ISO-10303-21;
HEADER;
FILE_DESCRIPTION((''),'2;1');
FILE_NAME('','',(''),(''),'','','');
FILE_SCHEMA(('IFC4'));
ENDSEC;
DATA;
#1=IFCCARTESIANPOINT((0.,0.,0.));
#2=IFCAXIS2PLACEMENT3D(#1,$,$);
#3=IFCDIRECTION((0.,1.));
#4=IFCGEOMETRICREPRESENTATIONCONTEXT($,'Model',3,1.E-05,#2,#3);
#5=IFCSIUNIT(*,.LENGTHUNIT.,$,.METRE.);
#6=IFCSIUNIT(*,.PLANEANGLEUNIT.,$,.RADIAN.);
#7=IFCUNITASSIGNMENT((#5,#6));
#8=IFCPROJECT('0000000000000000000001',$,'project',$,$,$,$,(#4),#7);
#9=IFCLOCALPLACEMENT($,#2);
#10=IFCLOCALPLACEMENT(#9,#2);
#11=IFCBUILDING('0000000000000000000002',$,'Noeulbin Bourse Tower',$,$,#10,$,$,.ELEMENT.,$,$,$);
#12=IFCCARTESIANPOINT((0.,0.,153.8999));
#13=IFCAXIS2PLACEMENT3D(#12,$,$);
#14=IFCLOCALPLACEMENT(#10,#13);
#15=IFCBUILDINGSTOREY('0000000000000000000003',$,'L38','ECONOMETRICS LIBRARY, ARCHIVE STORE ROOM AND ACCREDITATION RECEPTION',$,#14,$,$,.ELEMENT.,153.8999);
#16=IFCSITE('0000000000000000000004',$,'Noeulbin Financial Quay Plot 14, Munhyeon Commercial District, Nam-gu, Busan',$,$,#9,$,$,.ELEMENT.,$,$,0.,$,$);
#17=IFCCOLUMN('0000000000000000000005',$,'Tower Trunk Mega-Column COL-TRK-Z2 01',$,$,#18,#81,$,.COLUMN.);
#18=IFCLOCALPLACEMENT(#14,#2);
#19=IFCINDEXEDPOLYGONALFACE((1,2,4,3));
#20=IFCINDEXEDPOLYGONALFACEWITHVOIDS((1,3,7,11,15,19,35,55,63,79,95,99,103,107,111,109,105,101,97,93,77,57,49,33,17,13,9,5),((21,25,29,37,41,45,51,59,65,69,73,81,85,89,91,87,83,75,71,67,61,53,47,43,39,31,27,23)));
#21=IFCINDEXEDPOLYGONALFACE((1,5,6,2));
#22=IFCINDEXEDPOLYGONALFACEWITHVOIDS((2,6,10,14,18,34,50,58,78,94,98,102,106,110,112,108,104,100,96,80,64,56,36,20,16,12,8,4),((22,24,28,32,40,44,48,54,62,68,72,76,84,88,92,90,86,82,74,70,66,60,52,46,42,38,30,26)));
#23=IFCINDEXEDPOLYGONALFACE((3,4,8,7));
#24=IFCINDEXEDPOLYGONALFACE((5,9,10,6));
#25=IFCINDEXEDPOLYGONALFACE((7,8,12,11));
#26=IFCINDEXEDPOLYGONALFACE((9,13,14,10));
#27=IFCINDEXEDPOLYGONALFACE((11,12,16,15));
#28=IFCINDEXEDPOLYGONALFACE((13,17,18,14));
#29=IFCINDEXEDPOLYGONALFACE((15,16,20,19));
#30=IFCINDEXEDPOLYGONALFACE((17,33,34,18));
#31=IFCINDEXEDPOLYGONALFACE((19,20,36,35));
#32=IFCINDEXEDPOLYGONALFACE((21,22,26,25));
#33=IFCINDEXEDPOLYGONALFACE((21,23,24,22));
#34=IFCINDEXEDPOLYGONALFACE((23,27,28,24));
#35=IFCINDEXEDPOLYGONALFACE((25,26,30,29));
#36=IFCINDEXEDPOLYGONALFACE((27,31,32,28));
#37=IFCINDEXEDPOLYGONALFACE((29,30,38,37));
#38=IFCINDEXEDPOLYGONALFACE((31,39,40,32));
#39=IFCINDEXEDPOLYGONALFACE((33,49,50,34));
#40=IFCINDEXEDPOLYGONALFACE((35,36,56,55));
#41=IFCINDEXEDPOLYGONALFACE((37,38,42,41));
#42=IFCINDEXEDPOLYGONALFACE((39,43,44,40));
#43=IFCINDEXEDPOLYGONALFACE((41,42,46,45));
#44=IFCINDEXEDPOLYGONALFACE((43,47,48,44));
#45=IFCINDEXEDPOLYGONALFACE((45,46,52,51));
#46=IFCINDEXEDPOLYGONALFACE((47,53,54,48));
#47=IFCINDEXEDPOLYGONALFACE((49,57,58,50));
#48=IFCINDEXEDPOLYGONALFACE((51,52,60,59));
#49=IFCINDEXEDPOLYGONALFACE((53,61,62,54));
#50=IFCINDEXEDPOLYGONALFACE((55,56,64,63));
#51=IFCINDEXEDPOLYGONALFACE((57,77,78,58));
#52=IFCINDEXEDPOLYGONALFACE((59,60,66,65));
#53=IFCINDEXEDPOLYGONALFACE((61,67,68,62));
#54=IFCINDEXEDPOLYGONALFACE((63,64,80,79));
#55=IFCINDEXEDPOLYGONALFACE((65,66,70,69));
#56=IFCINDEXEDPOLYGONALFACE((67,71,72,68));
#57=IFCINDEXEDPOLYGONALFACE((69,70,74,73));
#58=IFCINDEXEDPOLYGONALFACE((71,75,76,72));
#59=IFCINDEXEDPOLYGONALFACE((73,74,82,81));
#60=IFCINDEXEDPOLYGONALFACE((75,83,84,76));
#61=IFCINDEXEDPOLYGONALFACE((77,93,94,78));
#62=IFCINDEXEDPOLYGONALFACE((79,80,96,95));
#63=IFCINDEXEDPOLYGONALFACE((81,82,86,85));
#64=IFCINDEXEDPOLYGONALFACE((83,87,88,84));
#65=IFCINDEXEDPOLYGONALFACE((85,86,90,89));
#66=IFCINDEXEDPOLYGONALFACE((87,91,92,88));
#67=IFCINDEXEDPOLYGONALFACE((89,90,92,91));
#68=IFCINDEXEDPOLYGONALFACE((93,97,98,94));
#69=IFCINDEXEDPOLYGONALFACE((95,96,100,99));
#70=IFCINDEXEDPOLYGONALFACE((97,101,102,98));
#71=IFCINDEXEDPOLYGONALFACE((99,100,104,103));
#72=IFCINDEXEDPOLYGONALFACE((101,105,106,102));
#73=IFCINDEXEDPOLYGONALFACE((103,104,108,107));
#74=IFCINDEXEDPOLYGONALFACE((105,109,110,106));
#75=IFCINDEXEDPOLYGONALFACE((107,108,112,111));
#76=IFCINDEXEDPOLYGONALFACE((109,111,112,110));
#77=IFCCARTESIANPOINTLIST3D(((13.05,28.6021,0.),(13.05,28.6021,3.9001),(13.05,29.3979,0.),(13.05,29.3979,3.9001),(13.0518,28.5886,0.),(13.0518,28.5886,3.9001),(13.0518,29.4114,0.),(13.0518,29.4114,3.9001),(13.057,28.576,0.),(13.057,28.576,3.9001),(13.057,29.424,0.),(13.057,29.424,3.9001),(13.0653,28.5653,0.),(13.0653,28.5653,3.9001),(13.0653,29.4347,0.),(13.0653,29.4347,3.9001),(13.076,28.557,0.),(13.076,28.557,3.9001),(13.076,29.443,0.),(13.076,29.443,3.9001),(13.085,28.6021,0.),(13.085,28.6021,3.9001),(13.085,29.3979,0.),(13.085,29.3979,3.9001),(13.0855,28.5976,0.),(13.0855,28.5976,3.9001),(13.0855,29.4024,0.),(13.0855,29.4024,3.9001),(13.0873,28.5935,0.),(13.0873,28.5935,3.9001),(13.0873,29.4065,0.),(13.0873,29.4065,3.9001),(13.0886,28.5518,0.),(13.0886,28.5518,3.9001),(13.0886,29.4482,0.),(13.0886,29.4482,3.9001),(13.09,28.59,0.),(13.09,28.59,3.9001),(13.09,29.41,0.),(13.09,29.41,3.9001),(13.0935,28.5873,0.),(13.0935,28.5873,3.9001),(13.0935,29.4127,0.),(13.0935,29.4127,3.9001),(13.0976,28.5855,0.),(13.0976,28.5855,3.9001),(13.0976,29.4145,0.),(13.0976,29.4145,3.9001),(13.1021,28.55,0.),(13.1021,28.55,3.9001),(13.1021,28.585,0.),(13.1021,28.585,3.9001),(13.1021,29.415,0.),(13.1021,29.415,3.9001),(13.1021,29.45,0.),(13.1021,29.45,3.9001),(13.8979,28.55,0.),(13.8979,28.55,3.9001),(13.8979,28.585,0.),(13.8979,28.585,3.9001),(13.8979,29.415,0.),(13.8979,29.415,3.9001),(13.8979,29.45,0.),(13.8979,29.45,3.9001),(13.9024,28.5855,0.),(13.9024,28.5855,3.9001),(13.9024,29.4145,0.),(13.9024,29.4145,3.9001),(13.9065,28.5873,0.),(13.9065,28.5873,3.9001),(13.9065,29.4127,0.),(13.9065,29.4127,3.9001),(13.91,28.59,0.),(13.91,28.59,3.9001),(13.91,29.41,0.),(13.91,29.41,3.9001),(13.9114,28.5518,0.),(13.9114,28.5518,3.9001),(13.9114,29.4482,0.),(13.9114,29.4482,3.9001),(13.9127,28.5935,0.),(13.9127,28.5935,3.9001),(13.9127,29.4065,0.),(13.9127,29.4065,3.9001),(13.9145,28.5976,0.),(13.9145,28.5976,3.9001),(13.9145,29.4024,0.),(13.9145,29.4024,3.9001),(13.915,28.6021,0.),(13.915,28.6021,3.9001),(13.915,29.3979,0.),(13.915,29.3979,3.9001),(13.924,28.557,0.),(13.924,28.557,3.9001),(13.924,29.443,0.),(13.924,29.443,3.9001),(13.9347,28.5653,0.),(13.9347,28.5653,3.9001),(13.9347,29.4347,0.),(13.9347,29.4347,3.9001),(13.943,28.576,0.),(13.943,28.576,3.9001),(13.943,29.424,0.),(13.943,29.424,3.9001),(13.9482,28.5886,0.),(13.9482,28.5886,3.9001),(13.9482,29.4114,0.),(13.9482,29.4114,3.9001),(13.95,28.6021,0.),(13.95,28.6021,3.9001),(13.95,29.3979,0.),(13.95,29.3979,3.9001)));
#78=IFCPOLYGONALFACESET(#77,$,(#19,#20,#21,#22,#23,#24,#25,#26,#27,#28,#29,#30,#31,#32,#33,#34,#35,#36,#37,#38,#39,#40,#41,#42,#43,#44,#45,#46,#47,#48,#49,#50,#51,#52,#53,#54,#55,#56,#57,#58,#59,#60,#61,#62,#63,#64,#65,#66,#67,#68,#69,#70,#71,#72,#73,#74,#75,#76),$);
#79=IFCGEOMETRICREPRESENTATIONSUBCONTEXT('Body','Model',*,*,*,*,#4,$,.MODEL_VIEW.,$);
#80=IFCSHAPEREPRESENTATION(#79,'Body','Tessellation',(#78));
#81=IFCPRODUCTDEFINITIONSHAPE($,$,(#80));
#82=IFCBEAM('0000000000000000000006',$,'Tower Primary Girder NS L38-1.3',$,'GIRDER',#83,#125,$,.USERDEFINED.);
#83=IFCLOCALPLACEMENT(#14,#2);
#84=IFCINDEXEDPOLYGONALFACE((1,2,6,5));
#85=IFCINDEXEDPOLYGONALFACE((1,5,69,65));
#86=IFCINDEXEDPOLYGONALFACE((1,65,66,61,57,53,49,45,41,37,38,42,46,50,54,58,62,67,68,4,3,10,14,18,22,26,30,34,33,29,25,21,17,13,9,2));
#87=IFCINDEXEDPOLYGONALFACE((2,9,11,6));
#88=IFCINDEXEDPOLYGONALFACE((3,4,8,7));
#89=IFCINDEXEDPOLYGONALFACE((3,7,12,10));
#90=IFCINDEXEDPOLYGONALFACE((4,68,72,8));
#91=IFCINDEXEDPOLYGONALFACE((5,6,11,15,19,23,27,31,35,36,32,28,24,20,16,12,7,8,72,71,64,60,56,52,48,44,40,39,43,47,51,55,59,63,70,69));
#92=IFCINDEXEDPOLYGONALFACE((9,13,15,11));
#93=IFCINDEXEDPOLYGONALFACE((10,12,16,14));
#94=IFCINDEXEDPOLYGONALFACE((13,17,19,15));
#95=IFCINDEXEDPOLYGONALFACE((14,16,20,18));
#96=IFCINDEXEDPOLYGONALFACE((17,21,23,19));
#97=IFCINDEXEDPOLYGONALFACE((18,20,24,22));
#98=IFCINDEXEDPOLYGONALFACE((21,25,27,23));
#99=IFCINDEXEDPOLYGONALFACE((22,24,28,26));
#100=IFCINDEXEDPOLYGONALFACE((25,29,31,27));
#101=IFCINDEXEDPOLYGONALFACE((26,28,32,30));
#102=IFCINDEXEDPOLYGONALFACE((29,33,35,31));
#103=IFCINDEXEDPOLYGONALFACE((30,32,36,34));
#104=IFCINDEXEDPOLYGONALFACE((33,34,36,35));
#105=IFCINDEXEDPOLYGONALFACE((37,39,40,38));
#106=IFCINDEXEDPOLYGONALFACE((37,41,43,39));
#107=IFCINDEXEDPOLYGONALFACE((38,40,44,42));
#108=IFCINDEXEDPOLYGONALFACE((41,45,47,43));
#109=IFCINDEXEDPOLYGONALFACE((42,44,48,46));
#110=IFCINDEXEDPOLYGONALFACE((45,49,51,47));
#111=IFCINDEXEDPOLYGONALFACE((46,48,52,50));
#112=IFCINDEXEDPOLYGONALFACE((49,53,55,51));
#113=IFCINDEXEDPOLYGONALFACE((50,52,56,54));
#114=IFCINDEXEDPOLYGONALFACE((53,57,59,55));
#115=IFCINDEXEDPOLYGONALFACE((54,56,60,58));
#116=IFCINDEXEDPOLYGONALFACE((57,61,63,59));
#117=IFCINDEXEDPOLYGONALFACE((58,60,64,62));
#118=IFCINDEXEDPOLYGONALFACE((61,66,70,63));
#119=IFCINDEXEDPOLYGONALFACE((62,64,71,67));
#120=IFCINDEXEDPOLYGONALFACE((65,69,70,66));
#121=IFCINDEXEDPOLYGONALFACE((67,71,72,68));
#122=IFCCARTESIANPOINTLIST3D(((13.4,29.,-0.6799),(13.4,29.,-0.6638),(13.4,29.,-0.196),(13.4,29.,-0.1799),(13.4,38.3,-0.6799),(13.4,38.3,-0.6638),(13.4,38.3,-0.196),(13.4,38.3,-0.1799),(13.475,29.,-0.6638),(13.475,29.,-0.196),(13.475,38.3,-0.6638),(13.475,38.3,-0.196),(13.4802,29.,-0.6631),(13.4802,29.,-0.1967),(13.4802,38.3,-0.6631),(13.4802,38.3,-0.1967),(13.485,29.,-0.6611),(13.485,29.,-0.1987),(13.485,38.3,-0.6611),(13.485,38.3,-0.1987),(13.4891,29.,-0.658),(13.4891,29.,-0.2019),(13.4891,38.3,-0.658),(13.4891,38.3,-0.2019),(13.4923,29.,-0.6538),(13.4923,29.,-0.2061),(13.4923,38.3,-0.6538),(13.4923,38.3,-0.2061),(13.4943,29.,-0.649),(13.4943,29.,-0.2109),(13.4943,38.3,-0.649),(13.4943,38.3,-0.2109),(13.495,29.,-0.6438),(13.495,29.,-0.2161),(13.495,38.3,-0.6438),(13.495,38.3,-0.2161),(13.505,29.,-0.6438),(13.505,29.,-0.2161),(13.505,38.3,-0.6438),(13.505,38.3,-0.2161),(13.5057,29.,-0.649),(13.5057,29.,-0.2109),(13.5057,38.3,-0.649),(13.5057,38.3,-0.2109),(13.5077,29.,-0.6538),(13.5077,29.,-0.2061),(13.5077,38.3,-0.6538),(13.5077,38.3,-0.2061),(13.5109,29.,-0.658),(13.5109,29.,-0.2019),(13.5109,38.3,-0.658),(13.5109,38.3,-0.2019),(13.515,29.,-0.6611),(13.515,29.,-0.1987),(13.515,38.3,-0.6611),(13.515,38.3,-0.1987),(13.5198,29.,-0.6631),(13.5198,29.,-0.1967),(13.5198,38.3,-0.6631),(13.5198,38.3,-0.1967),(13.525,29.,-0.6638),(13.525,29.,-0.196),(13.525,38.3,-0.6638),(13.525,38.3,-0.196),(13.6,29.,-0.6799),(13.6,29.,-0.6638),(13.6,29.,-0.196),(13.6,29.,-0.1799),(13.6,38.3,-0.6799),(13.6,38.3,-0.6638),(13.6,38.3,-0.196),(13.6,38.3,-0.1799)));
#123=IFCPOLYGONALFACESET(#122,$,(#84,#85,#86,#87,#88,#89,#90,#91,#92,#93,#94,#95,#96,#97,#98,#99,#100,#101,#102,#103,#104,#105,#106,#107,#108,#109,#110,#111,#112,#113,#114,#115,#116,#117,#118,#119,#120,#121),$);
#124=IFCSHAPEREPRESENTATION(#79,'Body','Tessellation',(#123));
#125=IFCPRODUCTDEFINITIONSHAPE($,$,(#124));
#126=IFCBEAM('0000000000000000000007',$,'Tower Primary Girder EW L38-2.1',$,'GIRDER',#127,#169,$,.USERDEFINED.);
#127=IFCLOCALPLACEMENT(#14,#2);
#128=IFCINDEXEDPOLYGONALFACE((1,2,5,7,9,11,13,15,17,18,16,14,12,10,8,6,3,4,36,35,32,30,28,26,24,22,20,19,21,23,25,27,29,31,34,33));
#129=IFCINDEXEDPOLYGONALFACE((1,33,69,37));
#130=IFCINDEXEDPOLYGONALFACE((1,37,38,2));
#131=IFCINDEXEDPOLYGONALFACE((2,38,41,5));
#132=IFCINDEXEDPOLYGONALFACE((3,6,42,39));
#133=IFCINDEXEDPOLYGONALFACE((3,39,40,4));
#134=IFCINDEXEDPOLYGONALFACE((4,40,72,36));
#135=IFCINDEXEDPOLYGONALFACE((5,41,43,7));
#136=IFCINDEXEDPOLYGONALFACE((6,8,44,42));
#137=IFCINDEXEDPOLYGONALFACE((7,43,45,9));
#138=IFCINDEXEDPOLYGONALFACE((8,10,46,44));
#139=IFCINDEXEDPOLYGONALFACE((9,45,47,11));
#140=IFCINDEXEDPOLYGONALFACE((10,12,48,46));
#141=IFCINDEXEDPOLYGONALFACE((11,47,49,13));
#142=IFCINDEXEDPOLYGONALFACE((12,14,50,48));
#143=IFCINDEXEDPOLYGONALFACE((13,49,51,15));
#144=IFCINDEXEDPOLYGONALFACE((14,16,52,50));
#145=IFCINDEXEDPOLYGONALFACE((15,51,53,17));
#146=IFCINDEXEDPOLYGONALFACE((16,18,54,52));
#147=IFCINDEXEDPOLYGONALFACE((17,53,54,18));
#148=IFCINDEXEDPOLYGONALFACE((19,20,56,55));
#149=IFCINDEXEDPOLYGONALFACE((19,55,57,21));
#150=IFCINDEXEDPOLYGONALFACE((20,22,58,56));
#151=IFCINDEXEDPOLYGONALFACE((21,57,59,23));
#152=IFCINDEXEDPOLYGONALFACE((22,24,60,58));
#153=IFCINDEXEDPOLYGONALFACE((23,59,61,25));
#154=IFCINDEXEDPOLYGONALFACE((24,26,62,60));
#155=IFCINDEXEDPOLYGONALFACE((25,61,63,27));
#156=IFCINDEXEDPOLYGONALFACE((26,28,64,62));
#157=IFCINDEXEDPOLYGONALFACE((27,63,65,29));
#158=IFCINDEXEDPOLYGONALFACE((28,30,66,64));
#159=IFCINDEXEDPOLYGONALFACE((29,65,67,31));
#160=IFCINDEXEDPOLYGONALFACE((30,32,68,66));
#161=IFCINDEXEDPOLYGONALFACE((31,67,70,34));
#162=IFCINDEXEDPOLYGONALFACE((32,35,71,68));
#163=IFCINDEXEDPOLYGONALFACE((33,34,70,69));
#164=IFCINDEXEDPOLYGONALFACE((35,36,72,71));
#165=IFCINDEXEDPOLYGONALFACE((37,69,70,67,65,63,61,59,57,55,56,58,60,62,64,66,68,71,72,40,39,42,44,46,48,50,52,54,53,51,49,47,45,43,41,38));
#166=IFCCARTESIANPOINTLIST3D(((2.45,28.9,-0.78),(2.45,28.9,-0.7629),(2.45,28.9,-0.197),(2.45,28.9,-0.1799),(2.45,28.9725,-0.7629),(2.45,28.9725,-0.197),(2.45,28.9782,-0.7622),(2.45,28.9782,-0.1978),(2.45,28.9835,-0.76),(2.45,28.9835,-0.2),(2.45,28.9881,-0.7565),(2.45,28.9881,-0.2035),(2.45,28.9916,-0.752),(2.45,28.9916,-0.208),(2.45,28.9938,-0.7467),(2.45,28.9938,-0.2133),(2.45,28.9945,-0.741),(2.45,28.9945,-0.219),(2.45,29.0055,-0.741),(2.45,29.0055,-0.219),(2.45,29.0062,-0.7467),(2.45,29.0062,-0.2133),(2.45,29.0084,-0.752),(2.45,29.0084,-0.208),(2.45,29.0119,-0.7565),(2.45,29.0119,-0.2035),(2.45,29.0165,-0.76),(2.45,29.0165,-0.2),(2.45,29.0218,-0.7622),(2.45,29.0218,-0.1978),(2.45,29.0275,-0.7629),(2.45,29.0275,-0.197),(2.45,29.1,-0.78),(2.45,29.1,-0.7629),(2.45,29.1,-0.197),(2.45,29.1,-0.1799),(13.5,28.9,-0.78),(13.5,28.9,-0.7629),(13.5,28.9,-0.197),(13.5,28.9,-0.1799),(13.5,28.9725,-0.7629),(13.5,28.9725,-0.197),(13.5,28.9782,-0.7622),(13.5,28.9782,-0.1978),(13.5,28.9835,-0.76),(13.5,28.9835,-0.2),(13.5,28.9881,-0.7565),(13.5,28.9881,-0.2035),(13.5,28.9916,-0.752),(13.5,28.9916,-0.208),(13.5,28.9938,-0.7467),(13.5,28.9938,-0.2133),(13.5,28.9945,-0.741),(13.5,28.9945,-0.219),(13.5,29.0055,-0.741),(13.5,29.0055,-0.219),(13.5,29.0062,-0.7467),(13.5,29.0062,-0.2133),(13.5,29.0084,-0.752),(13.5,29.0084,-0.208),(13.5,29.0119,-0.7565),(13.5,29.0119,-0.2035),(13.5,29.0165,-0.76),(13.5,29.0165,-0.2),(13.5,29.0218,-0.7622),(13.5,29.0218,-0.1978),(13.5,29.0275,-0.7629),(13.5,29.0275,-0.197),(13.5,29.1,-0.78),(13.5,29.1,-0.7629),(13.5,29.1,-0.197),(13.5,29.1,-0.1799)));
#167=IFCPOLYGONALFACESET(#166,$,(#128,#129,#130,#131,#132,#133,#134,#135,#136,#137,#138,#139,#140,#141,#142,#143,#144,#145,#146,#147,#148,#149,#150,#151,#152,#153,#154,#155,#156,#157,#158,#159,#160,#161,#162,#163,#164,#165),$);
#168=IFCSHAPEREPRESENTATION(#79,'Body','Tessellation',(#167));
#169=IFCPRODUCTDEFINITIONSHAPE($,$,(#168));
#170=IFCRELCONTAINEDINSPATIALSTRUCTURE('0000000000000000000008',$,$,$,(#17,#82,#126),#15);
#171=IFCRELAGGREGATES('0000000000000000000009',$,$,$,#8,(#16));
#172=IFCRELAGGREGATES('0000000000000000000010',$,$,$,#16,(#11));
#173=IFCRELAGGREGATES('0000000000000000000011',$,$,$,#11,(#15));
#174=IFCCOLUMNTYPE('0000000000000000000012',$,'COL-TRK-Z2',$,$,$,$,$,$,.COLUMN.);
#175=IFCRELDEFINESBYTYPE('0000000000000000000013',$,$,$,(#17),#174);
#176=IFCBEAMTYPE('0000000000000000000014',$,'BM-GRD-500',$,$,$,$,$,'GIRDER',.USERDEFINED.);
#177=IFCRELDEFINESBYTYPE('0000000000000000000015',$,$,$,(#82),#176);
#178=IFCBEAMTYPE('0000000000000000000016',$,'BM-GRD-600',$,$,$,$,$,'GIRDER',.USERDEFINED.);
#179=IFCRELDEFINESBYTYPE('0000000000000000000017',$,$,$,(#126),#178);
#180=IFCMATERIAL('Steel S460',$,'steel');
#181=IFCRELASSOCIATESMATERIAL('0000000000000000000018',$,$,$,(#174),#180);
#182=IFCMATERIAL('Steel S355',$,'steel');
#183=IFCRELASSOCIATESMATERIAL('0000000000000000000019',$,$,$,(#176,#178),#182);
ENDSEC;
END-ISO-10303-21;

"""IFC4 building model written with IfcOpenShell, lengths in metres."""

from ifc_helpers import new_model, si_unit, direction, frame, origin, origin_2d, place, context, subcontext, project, spatial, hollow_rectangle, i_section, extrude, material, material_profile, profile_set, type_object, element, save


model = new_model("IFC4")

# Units and contexts
model_context = context("Model", 3, precision=1e-05, world=origin(), true_north=direction((0.0, 1.0)))
body_context = subcontext(model_context, "Body", "Model", "MODEL_VIEW")
ifc_project = project(units=[si_unit("LENGTHUNIT", "METRE"), si_unit("PLANEANGLEUNIT", "RADIAN")], contexts=[model_context])

# Site, building, storey
site_placement = place(None, origin())
site = spatial("IfcSite", under=ifc_project, at=site_placement, Name="Noeulbin Financial Quay Plot 14, Munhyeon Commercial District, Nam-gu, Busan", CompositionType="ELEMENT", RefElevation=0.0)
building_placement = place(site_placement, origin())
building = spatial("IfcBuilding", under=site, at=building_placement, Name="Noeulbin Bourse Tower", CompositionType="ELEMENT")
storey_placement = place(building_placement, frame((0.0, 0.0, 153.8999)))
storey = spatial("IfcBuildingStorey", under=building, at=storey_placement, Name="L38", Description="ECONOMETRICS LIBRARY, ARCHIVE STORE ROOM AND ACCREDITATION RECEPTION", CompositionType="ELEMENT", Elevation=153.8999)

# Column
ifc_material_1 = material(Name="Steel S460", Category="steel")
ifc_material_profile_1 = material_profile(ifc_material_1, hollow_rectangle(XDim=0.8999, YDim=0.8999, WallThickness=0.0349, InnerFilletRadius=0.0171, OuterFilletRadius=0.052, at=origin_2d()), Name="BOX-900x900x35", Category="LoadBearing")
ifc_profile_set_1 = profile_set([ifc_material_profile_1], Name="Steel S460")
column_type = type_object("IfcColumnType", Name="COL-TRK-Z2", PredefinedType="COLUMN", material=ifc_profile_set_1)
column_placement = place(storey_placement, frame((13.5, 29.0, 0.0), z_axis=(0.0, 0.0, 1.0), x_axis=(1.0, 0.0, 0.0)))
element("IfcColumn", 1, at=column_placement, inside=storey, type_object=column_type, Name="Tower Trunk Mega-Column COL-TRK-Z2 01", PredefinedType="COLUMN", context=body_context, shape_type="SweptSolid", body=[
    extrude(hollow_rectangle(XDim=0.8999, YDim=0.8999, WallThickness=0.0349, InnerFilletRadius=0.0171, OuterFilletRadius=0.052, at=origin_2d()), origin(), (0.0, 0.0, 1.0), 3.9001),
])

# Beams
ifc_material_2 = material(Name="Steel S355", Category="steel")
ifc_material_profile_2 = material_profile(ifc_material_2, i_section(OverallWidth=0.2, OverallDepth=0.5, WebThickness=0.01, FlangeThickness=0.0161, FilletRadius=0.02, at=origin_2d()), Name="H-500x200x10x16", Category="LoadBearing")
ifc_profile_set_2 = profile_set([ifc_material_profile_2], Name="Steel S355")
beam_type_1 = type_object("IfcBeamType", Name="BM-GRD-500", ElementType="GIRDER", PredefinedType="USERDEFINED", material=ifc_profile_set_2)
beam_1_placement = place(storey_placement, frame((13.5, 29.0, -0.4299), z_axis=(0.0, 1.0, 0.0), x_axis=(-1.0, 0.0, 0.0)))
element("IfcBeam", 2, at=beam_1_placement, inside=storey, type_object=beam_type_1, Name="Tower Primary Girder NS L38-1.3", ObjectType="GIRDER", PredefinedType="USERDEFINED", context=body_context, shape_type="SweptSolid", body=[
    extrude(i_section(OverallWidth=0.2, OverallDepth=0.5, WebThickness=0.01, FlangeThickness=0.0161, FilletRadius=0.02, at=origin_2d()), origin(), (0.0, 0.0, 1.0), 9.3),
])
ifc_material_profile_3 = material_profile(ifc_material_2, i_section(OverallWidth=0.2, OverallDepth=0.6001, WebThickness=0.011, FlangeThickness=0.0171, FilletRadius=0.022, at=origin_2d()), Name="H-600x200x11x17", Category="LoadBearing")
ifc_profile_set_3 = profile_set([ifc_material_profile_3], Name="Steel S355")
beam_type_2 = type_object("IfcBeamType", Name="BM-GRD-600", ElementType="GIRDER", PredefinedType="USERDEFINED", material=ifc_profile_set_3)
beam_2_placement = place(storey_placement, frame((2.45, 29.0, -0.48), z_axis=(1.0, 0.0, 0.0), x_axis=(0.0, 1.0, 0.0)))
element("IfcBeam", 3, at=beam_2_placement, inside=storey, type_object=beam_type_2, Name="Tower Primary Girder EW L38-2.1", ObjectType="GIRDER", PredefinedType="USERDEFINED", context=body_context, shape_type="SweptSolid", body=[
    extrude(i_section(OverallWidth=0.2, OverallDepth=0.6001, WebThickness=0.011, FlangeThickness=0.0171, FilletRadius=0.022, at=origin_2d()), origin(), (0.0, 0.0, 1.0), 11.05),
])

save(model, "model.ifc")
